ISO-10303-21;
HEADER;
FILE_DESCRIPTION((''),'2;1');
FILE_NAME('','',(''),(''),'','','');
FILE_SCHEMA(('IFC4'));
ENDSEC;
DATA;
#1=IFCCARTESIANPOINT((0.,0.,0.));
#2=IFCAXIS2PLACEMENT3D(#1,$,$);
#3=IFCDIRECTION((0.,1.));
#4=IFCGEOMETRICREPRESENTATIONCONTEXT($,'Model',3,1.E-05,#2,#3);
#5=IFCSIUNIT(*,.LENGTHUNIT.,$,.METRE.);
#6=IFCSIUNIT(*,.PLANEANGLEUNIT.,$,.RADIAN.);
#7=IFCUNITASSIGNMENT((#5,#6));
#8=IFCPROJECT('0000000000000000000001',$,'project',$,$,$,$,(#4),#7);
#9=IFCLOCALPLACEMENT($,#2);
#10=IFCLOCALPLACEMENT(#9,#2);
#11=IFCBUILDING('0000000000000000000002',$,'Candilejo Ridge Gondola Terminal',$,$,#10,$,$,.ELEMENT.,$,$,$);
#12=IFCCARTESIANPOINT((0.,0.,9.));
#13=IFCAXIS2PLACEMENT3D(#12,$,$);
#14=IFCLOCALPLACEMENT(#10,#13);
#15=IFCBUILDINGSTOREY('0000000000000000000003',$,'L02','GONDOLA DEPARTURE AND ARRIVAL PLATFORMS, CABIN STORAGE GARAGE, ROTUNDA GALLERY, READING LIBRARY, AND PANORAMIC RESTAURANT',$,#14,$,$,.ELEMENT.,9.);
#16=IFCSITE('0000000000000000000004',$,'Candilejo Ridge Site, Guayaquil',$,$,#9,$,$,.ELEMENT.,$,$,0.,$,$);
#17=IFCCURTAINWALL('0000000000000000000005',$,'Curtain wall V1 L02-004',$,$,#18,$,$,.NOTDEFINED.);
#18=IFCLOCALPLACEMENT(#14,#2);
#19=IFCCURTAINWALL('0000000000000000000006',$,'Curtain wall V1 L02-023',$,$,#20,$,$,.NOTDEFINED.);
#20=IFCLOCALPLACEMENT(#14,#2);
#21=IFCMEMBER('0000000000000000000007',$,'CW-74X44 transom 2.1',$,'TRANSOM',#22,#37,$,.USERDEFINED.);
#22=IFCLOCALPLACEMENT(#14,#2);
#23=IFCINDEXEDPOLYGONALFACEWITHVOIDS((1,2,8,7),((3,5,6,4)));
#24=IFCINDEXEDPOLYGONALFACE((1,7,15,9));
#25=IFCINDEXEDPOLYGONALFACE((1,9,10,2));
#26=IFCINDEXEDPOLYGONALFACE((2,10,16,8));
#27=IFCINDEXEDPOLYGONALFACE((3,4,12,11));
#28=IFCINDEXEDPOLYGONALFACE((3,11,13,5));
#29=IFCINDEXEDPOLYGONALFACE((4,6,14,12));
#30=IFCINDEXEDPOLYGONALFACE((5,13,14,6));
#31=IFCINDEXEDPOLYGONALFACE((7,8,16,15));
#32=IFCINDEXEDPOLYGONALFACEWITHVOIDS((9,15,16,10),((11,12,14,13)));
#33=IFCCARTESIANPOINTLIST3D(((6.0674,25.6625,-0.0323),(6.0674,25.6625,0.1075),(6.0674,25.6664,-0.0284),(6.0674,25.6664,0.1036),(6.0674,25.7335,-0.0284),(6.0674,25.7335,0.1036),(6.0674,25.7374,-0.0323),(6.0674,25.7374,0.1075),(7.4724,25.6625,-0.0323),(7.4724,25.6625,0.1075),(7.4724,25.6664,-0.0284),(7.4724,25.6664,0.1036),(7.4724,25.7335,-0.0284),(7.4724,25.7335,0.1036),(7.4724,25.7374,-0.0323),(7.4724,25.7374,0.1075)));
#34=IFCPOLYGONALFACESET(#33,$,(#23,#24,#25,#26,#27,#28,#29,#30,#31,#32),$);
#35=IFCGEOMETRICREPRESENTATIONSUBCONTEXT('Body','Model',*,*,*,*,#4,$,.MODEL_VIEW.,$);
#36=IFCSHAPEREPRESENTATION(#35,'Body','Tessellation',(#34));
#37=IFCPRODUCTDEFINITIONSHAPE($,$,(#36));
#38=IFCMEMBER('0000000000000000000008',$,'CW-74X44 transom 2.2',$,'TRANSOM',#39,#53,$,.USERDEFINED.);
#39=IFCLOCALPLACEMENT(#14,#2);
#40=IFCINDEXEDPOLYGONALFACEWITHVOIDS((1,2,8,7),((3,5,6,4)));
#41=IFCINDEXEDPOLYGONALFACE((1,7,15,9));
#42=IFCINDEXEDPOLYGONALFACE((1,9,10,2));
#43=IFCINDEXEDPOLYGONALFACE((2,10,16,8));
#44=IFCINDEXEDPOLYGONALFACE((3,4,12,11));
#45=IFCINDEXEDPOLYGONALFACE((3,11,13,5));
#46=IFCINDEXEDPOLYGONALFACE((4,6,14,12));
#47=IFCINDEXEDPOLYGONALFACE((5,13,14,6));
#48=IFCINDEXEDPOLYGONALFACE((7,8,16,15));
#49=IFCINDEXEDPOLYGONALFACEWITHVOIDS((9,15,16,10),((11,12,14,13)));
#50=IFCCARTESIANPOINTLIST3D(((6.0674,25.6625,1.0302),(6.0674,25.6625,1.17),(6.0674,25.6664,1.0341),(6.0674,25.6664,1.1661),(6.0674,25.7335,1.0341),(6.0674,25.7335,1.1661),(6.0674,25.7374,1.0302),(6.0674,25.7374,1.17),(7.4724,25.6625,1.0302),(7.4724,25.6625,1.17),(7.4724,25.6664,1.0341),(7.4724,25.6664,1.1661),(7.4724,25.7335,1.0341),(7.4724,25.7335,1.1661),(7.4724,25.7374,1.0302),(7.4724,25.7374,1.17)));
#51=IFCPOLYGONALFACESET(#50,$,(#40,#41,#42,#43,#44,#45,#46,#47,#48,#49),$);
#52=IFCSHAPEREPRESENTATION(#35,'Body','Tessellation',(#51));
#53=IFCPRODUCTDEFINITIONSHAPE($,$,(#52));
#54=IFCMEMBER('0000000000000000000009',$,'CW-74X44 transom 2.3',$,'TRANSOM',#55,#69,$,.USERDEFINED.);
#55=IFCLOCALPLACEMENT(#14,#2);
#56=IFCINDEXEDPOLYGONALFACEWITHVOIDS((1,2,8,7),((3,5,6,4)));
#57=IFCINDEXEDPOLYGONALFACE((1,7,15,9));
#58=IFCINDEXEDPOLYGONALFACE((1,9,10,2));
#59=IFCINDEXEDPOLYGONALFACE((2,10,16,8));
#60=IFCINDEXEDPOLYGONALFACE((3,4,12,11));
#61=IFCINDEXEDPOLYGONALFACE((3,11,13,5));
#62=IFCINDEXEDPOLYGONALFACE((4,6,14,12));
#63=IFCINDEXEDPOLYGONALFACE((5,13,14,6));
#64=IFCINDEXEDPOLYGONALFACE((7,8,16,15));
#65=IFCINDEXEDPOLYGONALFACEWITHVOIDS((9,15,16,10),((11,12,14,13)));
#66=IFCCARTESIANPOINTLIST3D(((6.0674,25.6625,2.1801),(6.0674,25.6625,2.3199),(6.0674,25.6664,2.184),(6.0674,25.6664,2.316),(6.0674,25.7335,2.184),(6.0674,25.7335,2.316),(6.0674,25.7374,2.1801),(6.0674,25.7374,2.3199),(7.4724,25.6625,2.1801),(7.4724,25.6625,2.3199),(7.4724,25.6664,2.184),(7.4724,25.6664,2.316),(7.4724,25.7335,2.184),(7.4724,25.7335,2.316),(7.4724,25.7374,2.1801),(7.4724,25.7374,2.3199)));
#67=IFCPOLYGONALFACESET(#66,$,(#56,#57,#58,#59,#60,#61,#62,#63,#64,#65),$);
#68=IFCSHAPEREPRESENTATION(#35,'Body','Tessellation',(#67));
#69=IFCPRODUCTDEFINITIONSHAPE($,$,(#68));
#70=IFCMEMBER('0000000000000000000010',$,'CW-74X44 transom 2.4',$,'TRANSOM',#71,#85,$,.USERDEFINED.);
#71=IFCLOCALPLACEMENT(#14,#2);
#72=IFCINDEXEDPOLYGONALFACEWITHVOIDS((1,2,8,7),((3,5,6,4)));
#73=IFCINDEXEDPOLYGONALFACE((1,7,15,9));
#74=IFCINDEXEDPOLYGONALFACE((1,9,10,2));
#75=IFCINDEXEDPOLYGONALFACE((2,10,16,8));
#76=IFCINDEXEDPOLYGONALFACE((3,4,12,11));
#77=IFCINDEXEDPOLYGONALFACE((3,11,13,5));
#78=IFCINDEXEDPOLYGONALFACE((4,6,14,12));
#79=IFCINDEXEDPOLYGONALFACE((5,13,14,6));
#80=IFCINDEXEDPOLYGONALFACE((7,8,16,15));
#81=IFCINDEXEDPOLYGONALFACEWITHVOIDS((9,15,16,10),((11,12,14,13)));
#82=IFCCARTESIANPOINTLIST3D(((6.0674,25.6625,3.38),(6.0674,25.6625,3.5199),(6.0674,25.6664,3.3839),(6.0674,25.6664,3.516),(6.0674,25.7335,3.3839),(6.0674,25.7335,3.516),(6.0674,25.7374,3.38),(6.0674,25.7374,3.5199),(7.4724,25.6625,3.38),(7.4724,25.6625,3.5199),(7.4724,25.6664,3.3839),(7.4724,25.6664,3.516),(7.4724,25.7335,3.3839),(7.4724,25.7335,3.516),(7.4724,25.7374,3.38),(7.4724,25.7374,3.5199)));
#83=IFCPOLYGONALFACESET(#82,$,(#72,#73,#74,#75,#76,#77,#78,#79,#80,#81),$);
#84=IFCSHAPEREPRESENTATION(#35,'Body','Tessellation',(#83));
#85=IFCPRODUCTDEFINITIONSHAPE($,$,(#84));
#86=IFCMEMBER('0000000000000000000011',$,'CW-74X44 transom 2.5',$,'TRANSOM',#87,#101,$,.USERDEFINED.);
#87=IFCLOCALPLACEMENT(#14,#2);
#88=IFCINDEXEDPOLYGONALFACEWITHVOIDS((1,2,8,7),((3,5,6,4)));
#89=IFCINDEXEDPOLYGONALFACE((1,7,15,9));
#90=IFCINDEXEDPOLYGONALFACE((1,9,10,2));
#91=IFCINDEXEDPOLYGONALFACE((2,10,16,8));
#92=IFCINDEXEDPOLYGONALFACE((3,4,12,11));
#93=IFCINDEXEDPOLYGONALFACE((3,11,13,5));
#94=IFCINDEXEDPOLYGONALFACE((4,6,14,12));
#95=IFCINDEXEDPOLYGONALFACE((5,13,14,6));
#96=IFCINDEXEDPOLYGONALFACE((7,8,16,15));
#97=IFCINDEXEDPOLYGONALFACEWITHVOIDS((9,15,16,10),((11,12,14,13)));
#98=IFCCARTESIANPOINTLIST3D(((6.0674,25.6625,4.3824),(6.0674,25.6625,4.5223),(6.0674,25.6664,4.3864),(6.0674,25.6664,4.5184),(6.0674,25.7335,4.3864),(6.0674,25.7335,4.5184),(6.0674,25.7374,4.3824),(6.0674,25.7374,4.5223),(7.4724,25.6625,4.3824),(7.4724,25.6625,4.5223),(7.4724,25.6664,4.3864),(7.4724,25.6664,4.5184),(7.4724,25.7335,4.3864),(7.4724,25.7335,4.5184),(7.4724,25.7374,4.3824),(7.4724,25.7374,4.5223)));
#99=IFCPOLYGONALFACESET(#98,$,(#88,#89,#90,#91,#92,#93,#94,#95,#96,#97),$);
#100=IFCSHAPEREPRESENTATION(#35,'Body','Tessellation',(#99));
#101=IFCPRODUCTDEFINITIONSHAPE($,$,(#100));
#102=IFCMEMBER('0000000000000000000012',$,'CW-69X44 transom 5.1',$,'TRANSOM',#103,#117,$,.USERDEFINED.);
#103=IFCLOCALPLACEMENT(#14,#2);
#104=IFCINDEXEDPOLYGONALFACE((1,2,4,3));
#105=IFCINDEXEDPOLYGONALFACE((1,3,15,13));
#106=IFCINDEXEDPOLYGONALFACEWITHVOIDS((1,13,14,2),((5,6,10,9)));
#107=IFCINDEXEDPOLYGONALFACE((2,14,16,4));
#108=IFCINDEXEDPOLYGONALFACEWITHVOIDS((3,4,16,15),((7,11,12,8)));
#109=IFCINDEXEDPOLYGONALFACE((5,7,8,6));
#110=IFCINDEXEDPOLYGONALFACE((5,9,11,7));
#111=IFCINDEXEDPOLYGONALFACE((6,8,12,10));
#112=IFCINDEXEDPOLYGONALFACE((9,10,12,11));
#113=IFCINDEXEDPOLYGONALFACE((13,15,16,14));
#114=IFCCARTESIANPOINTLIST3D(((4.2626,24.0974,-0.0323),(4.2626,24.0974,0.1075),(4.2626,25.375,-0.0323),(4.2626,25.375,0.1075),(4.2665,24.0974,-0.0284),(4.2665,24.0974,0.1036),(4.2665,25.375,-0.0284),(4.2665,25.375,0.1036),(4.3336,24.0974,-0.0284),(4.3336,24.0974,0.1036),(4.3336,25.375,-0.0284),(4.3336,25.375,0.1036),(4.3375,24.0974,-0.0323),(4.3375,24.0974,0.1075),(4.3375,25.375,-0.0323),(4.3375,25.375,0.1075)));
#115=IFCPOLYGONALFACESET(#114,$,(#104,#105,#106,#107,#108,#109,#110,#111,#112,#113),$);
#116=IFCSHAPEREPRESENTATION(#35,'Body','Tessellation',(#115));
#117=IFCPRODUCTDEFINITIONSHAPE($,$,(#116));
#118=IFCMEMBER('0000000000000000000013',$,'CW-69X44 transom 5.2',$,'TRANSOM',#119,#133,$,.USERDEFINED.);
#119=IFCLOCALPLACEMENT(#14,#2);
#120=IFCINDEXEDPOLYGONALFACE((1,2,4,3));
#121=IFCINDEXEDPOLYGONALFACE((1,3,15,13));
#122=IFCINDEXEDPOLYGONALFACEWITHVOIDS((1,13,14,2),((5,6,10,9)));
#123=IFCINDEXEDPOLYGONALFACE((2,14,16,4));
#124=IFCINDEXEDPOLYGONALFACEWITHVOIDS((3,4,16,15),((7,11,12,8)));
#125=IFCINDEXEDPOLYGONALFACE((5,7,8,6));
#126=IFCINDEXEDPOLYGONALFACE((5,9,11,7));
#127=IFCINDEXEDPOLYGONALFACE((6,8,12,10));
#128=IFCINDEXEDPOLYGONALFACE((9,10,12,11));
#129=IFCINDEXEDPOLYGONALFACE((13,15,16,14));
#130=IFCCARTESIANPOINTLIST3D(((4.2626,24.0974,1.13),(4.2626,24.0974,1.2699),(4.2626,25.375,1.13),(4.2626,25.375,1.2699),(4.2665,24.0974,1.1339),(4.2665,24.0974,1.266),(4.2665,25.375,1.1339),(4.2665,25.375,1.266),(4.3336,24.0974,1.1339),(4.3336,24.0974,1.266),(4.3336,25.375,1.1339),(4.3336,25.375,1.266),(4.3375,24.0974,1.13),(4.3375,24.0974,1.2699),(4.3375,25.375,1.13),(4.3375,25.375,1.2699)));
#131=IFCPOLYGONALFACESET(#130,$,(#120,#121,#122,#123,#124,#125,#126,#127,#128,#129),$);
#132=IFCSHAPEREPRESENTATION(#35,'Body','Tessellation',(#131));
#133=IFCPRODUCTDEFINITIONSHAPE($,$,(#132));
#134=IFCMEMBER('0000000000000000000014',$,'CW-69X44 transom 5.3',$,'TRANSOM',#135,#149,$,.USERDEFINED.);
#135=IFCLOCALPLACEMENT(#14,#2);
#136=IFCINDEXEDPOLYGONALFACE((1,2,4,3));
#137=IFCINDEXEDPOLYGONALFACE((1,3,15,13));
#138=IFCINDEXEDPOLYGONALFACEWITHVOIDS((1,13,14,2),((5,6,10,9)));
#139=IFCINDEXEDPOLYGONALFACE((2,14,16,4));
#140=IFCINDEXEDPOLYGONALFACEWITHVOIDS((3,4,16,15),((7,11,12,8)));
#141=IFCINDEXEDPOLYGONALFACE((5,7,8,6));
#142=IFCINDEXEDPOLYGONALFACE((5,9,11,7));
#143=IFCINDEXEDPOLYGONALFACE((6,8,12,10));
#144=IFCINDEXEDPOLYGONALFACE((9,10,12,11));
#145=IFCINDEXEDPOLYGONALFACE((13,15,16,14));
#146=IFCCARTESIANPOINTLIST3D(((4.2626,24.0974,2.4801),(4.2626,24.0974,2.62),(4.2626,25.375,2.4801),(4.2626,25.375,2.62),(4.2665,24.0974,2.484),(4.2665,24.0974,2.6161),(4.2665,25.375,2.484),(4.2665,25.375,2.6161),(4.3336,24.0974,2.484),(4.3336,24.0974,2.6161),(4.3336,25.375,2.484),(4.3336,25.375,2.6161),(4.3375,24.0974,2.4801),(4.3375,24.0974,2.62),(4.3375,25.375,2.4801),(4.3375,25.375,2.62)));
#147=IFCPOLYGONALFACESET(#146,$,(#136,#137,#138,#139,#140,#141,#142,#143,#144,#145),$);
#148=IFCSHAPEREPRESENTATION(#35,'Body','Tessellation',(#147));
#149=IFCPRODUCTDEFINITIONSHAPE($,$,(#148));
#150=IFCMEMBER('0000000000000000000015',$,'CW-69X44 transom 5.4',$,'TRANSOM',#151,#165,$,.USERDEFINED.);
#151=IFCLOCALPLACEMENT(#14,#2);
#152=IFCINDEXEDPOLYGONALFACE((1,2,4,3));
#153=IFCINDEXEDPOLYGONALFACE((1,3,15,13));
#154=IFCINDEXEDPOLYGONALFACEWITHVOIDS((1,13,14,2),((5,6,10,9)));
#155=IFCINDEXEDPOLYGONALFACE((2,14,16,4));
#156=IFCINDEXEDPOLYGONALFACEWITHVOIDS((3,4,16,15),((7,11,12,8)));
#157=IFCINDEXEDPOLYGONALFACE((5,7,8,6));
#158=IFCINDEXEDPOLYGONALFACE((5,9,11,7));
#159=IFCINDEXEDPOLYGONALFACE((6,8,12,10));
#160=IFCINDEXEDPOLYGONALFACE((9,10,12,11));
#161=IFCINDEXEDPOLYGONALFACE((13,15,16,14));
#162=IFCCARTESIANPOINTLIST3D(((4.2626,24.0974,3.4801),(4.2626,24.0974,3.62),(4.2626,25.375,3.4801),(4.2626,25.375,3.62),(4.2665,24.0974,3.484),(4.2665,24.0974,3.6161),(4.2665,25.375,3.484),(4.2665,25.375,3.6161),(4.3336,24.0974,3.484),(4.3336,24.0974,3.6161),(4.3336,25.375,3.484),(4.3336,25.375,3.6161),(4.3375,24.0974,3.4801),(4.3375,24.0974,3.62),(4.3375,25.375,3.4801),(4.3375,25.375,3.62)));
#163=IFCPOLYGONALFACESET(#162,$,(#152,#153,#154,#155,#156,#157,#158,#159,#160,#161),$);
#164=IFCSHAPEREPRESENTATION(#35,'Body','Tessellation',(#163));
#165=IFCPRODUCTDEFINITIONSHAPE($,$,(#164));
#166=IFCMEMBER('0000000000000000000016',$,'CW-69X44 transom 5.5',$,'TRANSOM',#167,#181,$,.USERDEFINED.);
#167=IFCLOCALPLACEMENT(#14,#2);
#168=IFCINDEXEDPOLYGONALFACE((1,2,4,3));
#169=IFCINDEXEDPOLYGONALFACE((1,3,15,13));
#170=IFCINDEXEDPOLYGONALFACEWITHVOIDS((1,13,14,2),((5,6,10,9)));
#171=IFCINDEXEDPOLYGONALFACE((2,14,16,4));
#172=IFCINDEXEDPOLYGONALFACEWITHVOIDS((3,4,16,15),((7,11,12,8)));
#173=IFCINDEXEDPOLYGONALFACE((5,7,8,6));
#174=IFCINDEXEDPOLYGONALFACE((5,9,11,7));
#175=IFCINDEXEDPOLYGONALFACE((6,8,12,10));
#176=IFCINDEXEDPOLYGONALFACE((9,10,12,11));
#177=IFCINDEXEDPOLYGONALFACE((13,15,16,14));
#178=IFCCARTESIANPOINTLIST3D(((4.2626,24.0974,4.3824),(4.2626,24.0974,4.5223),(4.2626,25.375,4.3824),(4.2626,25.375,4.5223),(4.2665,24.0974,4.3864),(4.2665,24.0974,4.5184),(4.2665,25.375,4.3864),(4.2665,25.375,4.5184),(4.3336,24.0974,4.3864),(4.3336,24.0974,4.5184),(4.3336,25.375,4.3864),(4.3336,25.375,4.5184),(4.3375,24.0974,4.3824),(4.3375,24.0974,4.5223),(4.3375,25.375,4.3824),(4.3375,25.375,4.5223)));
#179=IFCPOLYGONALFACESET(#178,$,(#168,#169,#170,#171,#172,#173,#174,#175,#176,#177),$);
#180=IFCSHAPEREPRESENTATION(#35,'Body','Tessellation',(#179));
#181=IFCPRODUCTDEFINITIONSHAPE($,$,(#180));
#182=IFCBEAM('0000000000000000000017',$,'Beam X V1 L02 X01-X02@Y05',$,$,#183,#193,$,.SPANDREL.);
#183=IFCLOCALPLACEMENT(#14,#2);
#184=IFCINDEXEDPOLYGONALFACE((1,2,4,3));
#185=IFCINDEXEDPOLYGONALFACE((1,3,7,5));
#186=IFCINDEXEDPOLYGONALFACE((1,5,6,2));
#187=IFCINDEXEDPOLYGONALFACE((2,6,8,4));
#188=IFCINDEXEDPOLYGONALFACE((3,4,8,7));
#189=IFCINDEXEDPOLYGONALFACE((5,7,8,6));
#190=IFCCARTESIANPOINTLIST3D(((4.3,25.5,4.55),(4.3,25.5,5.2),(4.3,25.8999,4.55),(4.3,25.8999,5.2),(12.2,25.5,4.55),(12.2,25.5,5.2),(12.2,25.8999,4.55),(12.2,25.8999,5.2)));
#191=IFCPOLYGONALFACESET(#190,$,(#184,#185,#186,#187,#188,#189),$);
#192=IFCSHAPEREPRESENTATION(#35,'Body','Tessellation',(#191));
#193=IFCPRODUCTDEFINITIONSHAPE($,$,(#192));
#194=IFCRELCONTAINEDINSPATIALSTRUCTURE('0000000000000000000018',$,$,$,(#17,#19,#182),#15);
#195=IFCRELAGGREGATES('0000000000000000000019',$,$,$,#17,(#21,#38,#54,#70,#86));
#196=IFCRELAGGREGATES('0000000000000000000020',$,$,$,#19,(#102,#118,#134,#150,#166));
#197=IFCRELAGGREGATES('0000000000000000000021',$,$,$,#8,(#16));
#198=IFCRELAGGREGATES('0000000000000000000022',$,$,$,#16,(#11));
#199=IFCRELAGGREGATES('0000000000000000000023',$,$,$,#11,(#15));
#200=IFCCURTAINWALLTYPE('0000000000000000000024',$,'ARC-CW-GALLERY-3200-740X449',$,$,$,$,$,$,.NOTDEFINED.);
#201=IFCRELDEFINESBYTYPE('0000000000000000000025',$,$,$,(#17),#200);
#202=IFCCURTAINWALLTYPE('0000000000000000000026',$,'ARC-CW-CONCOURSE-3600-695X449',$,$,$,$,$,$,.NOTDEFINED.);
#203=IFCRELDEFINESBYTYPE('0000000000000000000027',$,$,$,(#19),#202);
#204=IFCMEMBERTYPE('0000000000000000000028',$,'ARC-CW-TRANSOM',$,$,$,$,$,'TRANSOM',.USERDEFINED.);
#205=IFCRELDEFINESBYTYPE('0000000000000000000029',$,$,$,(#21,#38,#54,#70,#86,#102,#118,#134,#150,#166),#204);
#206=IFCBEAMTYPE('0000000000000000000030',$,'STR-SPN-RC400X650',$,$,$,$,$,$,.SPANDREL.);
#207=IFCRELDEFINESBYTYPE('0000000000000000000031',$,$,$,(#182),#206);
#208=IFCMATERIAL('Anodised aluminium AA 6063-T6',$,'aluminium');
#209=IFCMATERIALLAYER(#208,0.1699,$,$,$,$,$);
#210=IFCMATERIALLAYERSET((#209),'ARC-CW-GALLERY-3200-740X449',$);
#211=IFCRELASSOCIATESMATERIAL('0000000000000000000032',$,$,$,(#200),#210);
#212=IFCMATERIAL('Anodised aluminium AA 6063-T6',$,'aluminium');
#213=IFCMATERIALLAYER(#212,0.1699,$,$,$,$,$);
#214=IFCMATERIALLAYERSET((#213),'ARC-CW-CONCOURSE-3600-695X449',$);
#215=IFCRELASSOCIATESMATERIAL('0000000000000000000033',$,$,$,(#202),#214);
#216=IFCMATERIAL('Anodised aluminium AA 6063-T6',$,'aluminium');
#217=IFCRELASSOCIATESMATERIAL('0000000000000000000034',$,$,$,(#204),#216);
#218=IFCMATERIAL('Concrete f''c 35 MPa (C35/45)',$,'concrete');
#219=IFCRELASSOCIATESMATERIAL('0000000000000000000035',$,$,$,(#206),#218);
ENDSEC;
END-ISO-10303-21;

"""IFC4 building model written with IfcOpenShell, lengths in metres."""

from ifc_helpers import new_model, si_unit, direction, frame, origin, origin_2d, place, context, subcontext, project, spatial, rectangle, hollow_rectangle, extrude, material, layer, layer_set, material_profile, profile_set, type_object, element, aggregate, save


model = new_model("IFC4")

# Units and contexts
model_context = context("Model", 3, precision=1e-05, world=origin(), true_north=direction((0.0, 1.0)))
body_context = subcontext(model_context, "Body", "Model", "MODEL_VIEW")
ifc_project = project(units=[si_unit("LENGTHUNIT", "METRE"), si_unit("PLANEANGLEUNIT", "RADIAN")], contexts=[model_context])

# Site, building, storey
site_placement = place(None, origin())
site = spatial("IfcSite", under=ifc_project, at=site_placement, Name="Candilejo Ridge Site, Guayaquil", CompositionType="ELEMENT", RefElevation=0.0)
building_placement = place(site_placement, origin())
building = spatial("IfcBuilding", under=site, at=building_placement, Name="Candilejo Ridge Gondola Terminal", CompositionType="ELEMENT")
storey_placement = place(building_placement, frame((0.0, 0.0, 9.0)))
storey = spatial("IfcBuildingStorey", under=building, at=storey_placement, Name="L02", Description="GONDOLA DEPARTURE AND ARRIVAL PLATFORMS, CABIN STORAGE GARAGE, ROTUNDA GALLERY, READING LIBRARY, AND PANORAMIC RESTAURANT", CompositionType="ELEMENT", Elevation=9.0)

# Curtain walls
ifc_material_1 = material(Name="Anodised aluminium AA 6063-T6", Category="aluminium")
ifc_layer_1 = layer(ifc_material_1, 0.1699)
ifc_layer_set_1 = layer_set([ifc_layer_1], Name="ARC-CW-GALLERY-3200-740X449")
curtain_wall_type_1 = type_object("IfcCurtainWallType", Name="ARC-CW-GALLERY-3200-740X449", PredefinedType="NOTDEFINED", material=ifc_layer_set_1)
curtain_wall_1_placement = place(storey_placement, origin())
curtain_wall_1 = element("IfcCurtainWall", 1, at=curtain_wall_1_placement, inside=storey, type_object=curtain_wall_type_1, Name="Curtain wall V1 L02-004", PredefinedType="NOTDEFINED")
ifc_material_2 = material(Name="Anodised aluminium AA 6063-T6", Category="aluminium")
ifc_layer_2 = layer(ifc_material_2, 0.1699)
ifc_layer_set_2 = layer_set([ifc_layer_2], Name="ARC-CW-CONCOURSE-3600-695X449")
curtain_wall_type_2 = type_object("IfcCurtainWallType", Name="ARC-CW-CONCOURSE-3600-695X449", PredefinedType="NOTDEFINED", material=ifc_layer_set_2)
curtain_wall_2_placement = place(storey_placement, origin())
curtain_wall_2 = element("IfcCurtainWall", 2, at=curtain_wall_2_placement, inside=storey, type_object=curtain_wall_type_2, Name="Curtain wall V1 L02-023", PredefinedType="NOTDEFINED")

# Members
ifc_material_3 = material(Name="Anodised aluminium AA 6063-T6", Category="aluminium")
ifc_material_profile_1 = material_profile(ifc_material_3, hollow_rectangle(XDim=0.075, YDim=0.1399, WallThickness=0.0039, at=origin_2d()))
ifc_profile_set_1 = profile_set([ifc_material_profile_1], Name="Anodised aluminium AA 6063-T6")
member_type_1 = type_object("IfcMemberType", Name="ARC-CW-TRANSOM", ElementType="TRANSOM", PredefinedType="USERDEFINED", material=ifc_profile_set_1)
member_1_placement = place(storey_placement, frame((6.0674, 25.7, 0.0376), z_axis=(1.0, 0.0, 0.0), x_axis=(0.0, 1.0, 0.0)))
member_1 = element("IfcMember", 3, at=member_1_placement, type_object=member_type_1, Name="CW-74X44 transom 2.1", ObjectType="TRANSOM", PredefinedType="USERDEFINED", context=body_context, shape_type="SweptSolid", body=[
    extrude(hollow_rectangle(XDim=0.075, YDim=0.1399, WallThickness=0.0039, at=origin_2d()), origin(), (0.0, 0.0, 1.0), 1.405),
])
member_2_placement = place(storey_placement, frame((6.0674, 25.7, 1.1001), z_axis=(1.0, 0.0, 0.0), x_axis=(0.0, 1.0, 0.0)))
member_2 = element("IfcMember", 4, at=member_2_placement, type_object=member_type_1, Name="CW-74X44 transom 2.2", ObjectType="TRANSOM", PredefinedType="USERDEFINED", context=body_context, shape_type="SweptSolid", body=[
    extrude(hollow_rectangle(XDim=0.075, YDim=0.1399, WallThickness=0.0039, at=origin_2d()), origin(), (0.0, 0.0, 1.0), 1.405),
])
member_3_placement = place(storey_placement, frame((6.0674, 25.7, 2.25), z_axis=(1.0, 0.0, 0.0), x_axis=(0.0, 1.0, 0.0)))
member_3 = element("IfcMember", 5, at=member_3_placement, type_object=member_type_1, Name="CW-74X44 transom 2.3", ObjectType="TRANSOM", PredefinedType="USERDEFINED", context=body_context, shape_type="SweptSolid", body=[
    extrude(hollow_rectangle(XDim=0.075, YDim=0.1399, WallThickness=0.0039, at=origin_2d()), origin(), (0.0, 0.0, 1.0), 1.405),
])
member_4_placement = place(storey_placement, frame((6.0674, 25.7, 3.45), z_axis=(1.0, 0.0, 0.0), x_axis=(0.0, 1.0, 0.0)))
member_4 = element("IfcMember", 6, at=member_4_placement, type_object=member_type_1, Name="CW-74X44 transom 2.4", ObjectType="TRANSOM", PredefinedType="USERDEFINED", context=body_context, shape_type="SweptSolid", body=[
    extrude(hollow_rectangle(XDim=0.075, YDim=0.1399, WallThickness=0.0039, at=origin_2d()), origin(), (0.0, 0.0, 1.0), 1.405),
])
member_5_placement = place(storey_placement, frame((6.0674, 25.7, 4.4524), z_axis=(1.0, 0.0, 0.0), x_axis=(0.0, 1.0, 0.0)))
member_5 = element("IfcMember", 7, at=member_5_placement, type_object=member_type_1, Name="CW-74X44 transom 2.5", ObjectType="TRANSOM", PredefinedType="USERDEFINED", context=body_context, shape_type="SweptSolid", body=[
    extrude(hollow_rectangle(XDim=0.075, YDim=0.1399, WallThickness=0.0039, at=origin_2d()), origin(), (0.0, 0.0, 1.0), 1.405),
])
member_6_placement = place(storey_placement, frame((4.3, 24.0974, 0.0376), z_axis=(0.0, 1.0, 0.0), x_axis=(-1.0, 0.0, 0.0)))
member_6 = element("IfcMember", 8, at=member_6_placement, type_object=member_type_1, Name="CW-69X44 transom 5.1", ObjectType="TRANSOM", PredefinedType="USERDEFINED", context=body_context, shape_type="SweptSolid", body=[
    extrude(hollow_rectangle(XDim=0.075, YDim=0.1399, WallThickness=0.0039, at=origin_2d()), origin(), (0.0, 0.0, 1.0), 1.2776),
])
member_7_placement = place(storey_placement, frame((4.3, 24.0974, 1.2), z_axis=(0.0, 1.0, 0.0), x_axis=(-1.0, 0.0, 0.0)))
member_7 = element("IfcMember", 9, at=member_7_placement, type_object=member_type_1, Name="CW-69X44 transom 5.2", ObjectType="TRANSOM", PredefinedType="USERDEFINED", context=body_context, shape_type="SweptSolid", body=[
    extrude(hollow_rectangle(XDim=0.075, YDim=0.1399, WallThickness=0.0039, at=origin_2d()), origin(), (0.0, 0.0, 1.0), 1.2776),
])
member_8_placement = place(storey_placement, frame((4.3, 24.0974, 2.55), z_axis=(0.0, 1.0, 0.0), x_axis=(-1.0, 0.0, 0.0)))
member_8 = element("IfcMember", 10, at=member_8_placement, type_object=member_type_1, Name="CW-69X44 transom 5.3", ObjectType="TRANSOM", PredefinedType="USERDEFINED", context=body_context, shape_type="SweptSolid", body=[
    extrude(hollow_rectangle(XDim=0.075, YDim=0.1399, WallThickness=0.0039, at=origin_2d()), origin(), (0.0, 0.0, 1.0), 1.2776),
])
member_9_placement = place(storey_placement, frame((4.3, 24.0974, 3.55), z_axis=(0.0, 1.0, 0.0), x_axis=(-1.0, 0.0, 0.0)))
member_9 = element("IfcMember", 11, at=member_9_placement, type_object=member_type_1, Name="CW-69X44 transom 5.4", ObjectType="TRANSOM", PredefinedType="USERDEFINED", context=body_context, shape_type="SweptSolid", body=[
    extrude(hollow_rectangle(XDim=0.075, YDim=0.1399, WallThickness=0.0039, at=origin_2d()), origin(), (0.0, 0.0, 1.0), 1.2776),
])
member_10_placement = place(storey_placement, frame((4.3, 24.0974, 4.4524), z_axis=(0.0, 1.0, 0.0), x_axis=(-1.0, 0.0, 0.0)))
member_10 = element("IfcMember", 12, at=member_10_placement, type_object=member_type_1, Name="CW-69X44 transom 5.5", ObjectType="TRANSOM", PredefinedType="USERDEFINED", context=body_context, shape_type="SweptSolid", body=[
    extrude(hollow_rectangle(XDim=0.075, YDim=0.1399, WallThickness=0.0039, at=origin_2d()), origin(), (0.0, 0.0, 1.0), 1.2776),
])

# Beam
ifc_material_4 = material(Name="Concrete f'c 35 MPa (C35/45)", Category="concrete")
ifc_material_profile_2 = material_profile(ifc_material_4, rectangle(XDim=0.3999, YDim=0.6499, at=origin_2d()))
ifc_profile_set_2 = profile_set([ifc_material_profile_2], Name="Concrete f'c 35 MPa (C35/45)")
beam_type = type_object("IfcBeamType", Name="STR-SPN-RC400X650", PredefinedType="SPANDREL", material=ifc_profile_set_2)
beam_placement = place(storey_placement, frame((4.3, 25.7, 4.875), z_axis=(1.0, 0.0, 0.0), x_axis=(0.0, 1.0, 0.0)))
element("IfcBeam", 13, at=beam_placement, inside=storey, type_object=beam_type, Name="Beam X V1 L02 X01-X02@Y05", PredefinedType="SPANDREL", context=body_context, shape_type="SweptSolid", body=[
    extrude(rectangle(XDim=0.3999, YDim=0.6499, at=origin_2d()), origin(), (0.0, 0.0, 1.0), 7.8999),
])

aggregate(curtain_wall_1, [member_1, member_2, member_3, member_4, member_5])
aggregate(curtain_wall_2, [member_6, member_7, member_8, member_9, member_10])

save(model, "model.ifc")
